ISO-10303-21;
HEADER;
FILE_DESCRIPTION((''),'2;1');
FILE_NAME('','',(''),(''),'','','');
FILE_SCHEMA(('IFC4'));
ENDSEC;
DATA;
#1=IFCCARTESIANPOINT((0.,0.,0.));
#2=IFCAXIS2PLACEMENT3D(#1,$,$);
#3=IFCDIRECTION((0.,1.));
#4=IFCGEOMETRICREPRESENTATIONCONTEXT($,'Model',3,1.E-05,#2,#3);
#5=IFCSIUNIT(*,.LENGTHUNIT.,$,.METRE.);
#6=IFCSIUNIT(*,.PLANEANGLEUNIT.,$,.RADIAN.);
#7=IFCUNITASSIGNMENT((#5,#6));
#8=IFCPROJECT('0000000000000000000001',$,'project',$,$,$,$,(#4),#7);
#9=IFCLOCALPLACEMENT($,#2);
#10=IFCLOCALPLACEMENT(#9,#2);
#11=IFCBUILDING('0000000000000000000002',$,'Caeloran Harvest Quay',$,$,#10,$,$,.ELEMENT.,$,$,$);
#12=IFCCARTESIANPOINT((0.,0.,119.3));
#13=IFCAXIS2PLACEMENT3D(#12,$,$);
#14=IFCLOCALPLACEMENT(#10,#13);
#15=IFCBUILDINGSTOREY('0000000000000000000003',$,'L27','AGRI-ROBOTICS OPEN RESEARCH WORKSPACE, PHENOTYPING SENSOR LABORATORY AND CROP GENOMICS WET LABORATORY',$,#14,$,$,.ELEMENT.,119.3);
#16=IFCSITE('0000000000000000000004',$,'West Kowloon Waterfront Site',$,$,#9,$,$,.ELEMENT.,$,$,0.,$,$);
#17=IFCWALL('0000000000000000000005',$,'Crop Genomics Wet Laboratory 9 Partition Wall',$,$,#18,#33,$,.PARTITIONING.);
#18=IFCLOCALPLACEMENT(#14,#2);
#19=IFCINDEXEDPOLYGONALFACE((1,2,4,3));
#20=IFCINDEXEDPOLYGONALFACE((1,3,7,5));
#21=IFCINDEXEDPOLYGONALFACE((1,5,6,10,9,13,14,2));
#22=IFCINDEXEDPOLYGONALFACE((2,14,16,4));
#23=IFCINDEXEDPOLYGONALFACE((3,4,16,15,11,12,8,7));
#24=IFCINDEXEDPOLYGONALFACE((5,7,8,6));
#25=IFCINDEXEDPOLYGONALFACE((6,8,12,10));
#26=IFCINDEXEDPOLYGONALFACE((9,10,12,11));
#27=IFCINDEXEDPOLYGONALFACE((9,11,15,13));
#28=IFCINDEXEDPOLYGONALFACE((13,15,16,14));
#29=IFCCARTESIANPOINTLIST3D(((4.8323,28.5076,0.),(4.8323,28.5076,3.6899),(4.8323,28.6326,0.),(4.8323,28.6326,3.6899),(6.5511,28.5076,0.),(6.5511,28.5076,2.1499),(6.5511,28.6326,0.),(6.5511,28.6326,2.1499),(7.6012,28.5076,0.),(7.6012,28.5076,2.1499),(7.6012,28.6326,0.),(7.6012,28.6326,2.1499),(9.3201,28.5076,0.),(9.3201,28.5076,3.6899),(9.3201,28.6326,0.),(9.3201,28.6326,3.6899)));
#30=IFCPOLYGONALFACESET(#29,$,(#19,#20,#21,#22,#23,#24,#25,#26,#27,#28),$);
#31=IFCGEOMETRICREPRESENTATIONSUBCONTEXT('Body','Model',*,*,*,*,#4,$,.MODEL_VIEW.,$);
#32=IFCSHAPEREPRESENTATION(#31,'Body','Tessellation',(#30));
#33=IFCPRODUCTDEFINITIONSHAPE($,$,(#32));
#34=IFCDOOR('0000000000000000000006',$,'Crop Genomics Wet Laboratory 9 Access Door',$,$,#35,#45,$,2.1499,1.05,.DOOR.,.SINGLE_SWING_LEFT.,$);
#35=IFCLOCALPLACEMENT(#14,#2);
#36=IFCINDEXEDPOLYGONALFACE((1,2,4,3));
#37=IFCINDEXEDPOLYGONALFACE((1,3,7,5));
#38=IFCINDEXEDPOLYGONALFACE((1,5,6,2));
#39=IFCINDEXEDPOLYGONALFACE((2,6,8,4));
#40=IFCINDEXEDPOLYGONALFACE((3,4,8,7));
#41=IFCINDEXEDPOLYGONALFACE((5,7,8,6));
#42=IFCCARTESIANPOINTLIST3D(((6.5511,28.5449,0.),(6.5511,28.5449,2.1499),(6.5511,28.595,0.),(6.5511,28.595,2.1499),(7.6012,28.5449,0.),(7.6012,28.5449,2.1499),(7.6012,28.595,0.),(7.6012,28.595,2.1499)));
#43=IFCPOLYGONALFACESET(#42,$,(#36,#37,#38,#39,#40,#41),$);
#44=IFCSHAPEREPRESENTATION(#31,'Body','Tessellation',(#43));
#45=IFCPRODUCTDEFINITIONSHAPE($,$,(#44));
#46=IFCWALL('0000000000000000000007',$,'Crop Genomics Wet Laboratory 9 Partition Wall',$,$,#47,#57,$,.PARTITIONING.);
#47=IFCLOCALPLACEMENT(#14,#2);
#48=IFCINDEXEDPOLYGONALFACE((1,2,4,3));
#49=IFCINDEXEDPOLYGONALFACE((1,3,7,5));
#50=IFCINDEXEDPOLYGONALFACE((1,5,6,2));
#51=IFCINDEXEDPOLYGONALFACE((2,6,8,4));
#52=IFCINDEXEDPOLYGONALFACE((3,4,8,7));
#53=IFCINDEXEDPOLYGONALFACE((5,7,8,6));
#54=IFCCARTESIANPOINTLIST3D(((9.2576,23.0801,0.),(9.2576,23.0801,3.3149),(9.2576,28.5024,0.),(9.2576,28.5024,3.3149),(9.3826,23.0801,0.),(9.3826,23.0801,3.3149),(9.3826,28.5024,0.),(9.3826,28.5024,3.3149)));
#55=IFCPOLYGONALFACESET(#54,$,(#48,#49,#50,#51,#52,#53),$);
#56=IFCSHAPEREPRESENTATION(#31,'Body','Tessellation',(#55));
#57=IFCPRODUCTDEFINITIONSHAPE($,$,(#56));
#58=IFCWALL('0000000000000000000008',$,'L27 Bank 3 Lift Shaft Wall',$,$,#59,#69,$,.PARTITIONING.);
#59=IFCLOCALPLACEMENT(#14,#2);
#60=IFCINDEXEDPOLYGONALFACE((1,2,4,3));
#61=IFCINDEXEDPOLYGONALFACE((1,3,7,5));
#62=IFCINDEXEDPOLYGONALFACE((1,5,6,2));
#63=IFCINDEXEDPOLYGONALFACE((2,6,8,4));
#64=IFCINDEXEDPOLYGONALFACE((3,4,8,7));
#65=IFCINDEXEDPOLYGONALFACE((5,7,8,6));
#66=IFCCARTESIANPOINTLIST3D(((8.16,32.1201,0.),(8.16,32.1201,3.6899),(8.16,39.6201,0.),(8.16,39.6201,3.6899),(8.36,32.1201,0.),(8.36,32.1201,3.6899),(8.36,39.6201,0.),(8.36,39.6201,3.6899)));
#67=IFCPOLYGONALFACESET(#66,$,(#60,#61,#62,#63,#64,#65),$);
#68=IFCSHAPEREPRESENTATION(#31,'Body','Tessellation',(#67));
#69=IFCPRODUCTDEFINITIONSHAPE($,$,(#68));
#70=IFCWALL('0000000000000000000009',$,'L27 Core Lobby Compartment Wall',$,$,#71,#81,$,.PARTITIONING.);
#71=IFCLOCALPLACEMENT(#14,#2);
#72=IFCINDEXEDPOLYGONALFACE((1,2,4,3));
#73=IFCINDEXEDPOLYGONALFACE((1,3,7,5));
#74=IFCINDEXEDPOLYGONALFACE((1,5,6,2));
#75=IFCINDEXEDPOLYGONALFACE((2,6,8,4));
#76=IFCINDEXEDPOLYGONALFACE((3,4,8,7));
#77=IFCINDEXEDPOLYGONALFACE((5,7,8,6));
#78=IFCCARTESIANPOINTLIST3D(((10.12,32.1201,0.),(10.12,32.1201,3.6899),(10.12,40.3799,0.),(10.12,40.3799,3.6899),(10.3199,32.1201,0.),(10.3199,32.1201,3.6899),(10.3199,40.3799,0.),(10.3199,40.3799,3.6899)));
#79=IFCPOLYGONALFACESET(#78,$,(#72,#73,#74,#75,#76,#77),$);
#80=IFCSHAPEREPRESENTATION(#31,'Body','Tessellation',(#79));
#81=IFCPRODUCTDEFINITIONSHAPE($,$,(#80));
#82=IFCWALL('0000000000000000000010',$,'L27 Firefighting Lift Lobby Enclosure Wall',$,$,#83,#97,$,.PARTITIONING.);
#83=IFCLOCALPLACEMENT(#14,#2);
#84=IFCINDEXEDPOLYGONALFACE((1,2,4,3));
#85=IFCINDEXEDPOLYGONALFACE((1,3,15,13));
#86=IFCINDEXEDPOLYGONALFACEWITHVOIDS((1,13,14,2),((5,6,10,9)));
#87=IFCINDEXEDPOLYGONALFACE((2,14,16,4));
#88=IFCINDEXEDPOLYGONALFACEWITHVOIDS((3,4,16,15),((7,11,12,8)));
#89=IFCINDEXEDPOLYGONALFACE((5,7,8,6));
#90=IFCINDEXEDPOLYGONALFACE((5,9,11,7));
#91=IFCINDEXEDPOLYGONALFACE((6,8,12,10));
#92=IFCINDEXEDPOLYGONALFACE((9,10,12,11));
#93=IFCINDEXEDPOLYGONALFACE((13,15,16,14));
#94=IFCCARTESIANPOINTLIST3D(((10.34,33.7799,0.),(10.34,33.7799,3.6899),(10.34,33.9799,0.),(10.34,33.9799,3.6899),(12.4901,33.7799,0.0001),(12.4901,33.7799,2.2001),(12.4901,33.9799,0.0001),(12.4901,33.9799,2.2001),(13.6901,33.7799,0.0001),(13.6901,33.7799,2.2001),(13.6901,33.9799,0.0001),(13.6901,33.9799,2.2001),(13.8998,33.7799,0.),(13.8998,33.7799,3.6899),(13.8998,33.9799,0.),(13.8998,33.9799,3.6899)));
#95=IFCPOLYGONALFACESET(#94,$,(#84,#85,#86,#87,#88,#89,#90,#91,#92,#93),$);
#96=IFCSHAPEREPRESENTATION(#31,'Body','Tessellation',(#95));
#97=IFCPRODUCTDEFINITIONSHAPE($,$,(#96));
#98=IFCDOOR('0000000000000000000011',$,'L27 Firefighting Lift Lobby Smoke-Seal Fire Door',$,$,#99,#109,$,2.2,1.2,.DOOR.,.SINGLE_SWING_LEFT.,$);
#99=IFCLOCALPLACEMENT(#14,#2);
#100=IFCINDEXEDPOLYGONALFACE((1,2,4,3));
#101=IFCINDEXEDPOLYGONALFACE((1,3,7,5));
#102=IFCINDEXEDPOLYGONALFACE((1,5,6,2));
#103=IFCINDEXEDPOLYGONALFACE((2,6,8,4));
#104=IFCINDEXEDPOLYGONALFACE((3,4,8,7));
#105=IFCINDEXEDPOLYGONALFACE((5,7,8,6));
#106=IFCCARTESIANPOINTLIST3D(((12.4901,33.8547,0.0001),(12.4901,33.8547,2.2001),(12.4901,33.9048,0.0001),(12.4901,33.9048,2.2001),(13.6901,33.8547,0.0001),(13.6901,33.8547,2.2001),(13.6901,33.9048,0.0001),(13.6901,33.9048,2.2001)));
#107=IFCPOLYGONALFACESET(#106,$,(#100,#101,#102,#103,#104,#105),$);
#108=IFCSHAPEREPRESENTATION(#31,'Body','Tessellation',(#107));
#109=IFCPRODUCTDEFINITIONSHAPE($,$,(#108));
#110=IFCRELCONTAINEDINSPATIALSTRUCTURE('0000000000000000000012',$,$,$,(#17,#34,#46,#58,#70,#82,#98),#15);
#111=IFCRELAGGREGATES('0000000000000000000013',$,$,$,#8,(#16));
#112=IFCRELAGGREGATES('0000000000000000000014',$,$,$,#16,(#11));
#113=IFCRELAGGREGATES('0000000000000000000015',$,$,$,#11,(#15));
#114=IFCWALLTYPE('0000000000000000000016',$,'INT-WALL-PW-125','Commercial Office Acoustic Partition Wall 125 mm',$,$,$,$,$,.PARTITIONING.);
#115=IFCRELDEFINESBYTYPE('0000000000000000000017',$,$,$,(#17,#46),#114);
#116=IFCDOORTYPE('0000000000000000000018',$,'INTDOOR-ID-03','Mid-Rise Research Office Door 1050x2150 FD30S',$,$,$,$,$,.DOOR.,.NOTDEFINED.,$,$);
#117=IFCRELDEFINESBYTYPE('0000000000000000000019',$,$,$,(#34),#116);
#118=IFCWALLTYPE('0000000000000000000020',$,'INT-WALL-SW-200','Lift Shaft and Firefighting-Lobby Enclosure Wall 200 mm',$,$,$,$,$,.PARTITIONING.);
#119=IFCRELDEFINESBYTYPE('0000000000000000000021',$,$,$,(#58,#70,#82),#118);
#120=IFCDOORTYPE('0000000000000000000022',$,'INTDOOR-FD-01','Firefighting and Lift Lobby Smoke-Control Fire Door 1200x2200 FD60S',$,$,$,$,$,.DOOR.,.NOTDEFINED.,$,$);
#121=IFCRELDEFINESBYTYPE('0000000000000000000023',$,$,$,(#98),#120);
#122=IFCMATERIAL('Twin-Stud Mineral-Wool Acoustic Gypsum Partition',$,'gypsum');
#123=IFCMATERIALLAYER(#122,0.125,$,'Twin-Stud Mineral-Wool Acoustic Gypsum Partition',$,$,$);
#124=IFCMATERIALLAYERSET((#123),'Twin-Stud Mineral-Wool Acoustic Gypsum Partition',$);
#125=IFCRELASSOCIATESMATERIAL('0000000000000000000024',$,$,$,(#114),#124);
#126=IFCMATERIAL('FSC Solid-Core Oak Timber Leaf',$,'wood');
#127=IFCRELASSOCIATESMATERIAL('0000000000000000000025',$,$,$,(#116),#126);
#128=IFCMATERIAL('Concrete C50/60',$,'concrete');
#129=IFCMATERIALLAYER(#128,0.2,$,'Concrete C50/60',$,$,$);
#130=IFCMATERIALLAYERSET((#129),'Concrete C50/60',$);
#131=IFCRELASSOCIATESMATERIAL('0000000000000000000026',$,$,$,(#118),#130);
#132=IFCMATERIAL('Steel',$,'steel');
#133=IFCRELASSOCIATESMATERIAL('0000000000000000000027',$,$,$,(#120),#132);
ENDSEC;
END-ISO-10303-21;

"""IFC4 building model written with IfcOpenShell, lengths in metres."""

from ifc_helpers import new_model, si_unit, direction, frame, frame_2d, origin, place, context, subcontext, project, spatial, rectangle, extrude, material, layer, layer_set, type_object, element, fill, save


model = new_model("IFC4")

# Units and contexts
model_context = context("Model", 3, precision=1e-05, world=origin(), true_north=direction((0.0, 1.0)))
body_context = subcontext(model_context, "Body", "Model", "MODEL_VIEW")
ifc_project = project(units=[si_unit("LENGTHUNIT", "METRE"), si_unit("PLANEANGLEUNIT", "RADIAN")], contexts=[model_context])

# Site, building, storey
site_placement = place(None, origin())
site = spatial("IfcSite", under=ifc_project, at=site_placement, Name="West Kowloon Waterfront Site", CompositionType="ELEMENT", RefElevation=0.0)
building_placement = place(site_placement, origin())
building = spatial("IfcBuilding", under=site, at=building_placement, Name="Caeloran Harvest Quay", CompositionType="ELEMENT")
storey_placement = place(building_placement, frame((0.0, 0.0, 119.3)))
storey = spatial("IfcBuildingStorey", under=building, at=storey_placement, Name="L27", Description="AGRI-ROBOTICS OPEN RESEARCH WORKSPACE, PHENOTYPING SENSOR LABORATORY AND CROP GENOMICS WET LABORATORY", CompositionType="ELEMENT", Elevation=119.3)

# Shared definitions
ifc_material_1 = material(Name="Twin-Stud Mineral-Wool Acoustic Gypsum Partition", Category="gypsum")
ifc_layer_1 = layer(ifc_material_1, 0.125, Name="Twin-Stud Mineral-Wool Acoustic Gypsum Partition")
ifc_layer_set_1 = layer_set([ifc_layer_1], Name="Twin-Stud Mineral-Wool Acoustic Gypsum Partition")
wall_type_1 = type_object("IfcWallType", Name="INT-WALL-PW-125", Description="Commercial Office Acoustic Partition Wall 125 mm", PredefinedType="PARTITIONING", material=ifc_layer_set_1)

# Wall, opening, door
wall_1_placement = place(storey_placement, frame((4.8323, 28.5701, 0.0), z_axis=(0.0, 0.0, 1.0), x_axis=(1.0, 0.0, 0.0)))
wall_1 = element("IfcWall", 1, at=wall_1_placement, inside=storey, type_object=wall_type_1, Name="Crop Genomics Wet Laboratory 9 Partition Wall", PredefinedType="PARTITIONING", context=body_context, shape_type="SweptSolid", body=[
    extrude(rectangle(XDim=4.4878, YDim=0.125, at=frame_2d((2.2439, 0.0))), origin(), (0.0, 0.0, 1.0), 3.6899),
])
opening_1_placement = place(wall_1_placement, frame((1.719, 0.0, 0.0)))
opening_1 = element("IfcOpeningElement", 2, at=opening_1_placement, cuts=wall_1, PredefinedType="OPENING", context=body_context, shape_type="SweptSolid", body=[
    extrude(rectangle(XDim=1.05, YDim=2.1499, at=frame_2d((0.5249, 1.075))), frame((0.0, 0.0725, 0.0), z_axis=(0.0, -1.0, 0.0), x_axis=(1.0, 0.0, 0.0)), (0.0, 0.0, 1.0), 0.145),
])
ifc_material_2 = material(Name="FSC Solid-Core Oak Timber Leaf", Category="wood")
door_type_1 = type_object("IfcDoorType", Name="INTDOOR-ID-03", Description="Mid-Rise Research Office Door 1050x2150 FD30S", OperationType="NOTDEFINED", PredefinedType="DOOR", material=ifc_material_2)
door_1_placement = place(opening_1_placement, origin())
door_1 = element("IfcDoor", 3, at=door_1_placement, inside=storey, type_object=door_type_1, Name="Crop Genomics Wet Laboratory 9 Access Door", OperationType="SINGLE_SWING_LEFT", OverallHeight=2.1499, OverallWidth=1.05, PredefinedType="DOOR", context=body_context, shape_type="SweptSolid", body=[
    extrude(rectangle(XDim=1.05, YDim=2.1499, at=frame_2d((0.5249, 1.075))), frame((0.0, 0.0249, 0.0), z_axis=(0.0, -1.0, 0.0), x_axis=(1.0, 0.0, 0.0)), (0.0, 0.0, 1.0), 0.05),
])
fill(opening_1, door_1)

# Walls
wall_2_placement = place(storey_placement, frame((9.3201, 28.5024, 0.0), z_axis=(0.0, 0.0, 1.0), x_axis=(0.0, -1.0, 0.0)))
element("IfcWall", 4, at=wall_2_placement, inside=storey, type_object=wall_type_1, Name="Crop Genomics Wet Laboratory 9 Partition Wall", PredefinedType="PARTITIONING", context=body_context, shape_type="SweptSolid", body=[
    extrude(rectangle(XDim=5.4224, YDim=0.125, at=frame_2d((2.7112, 0.0))), origin(), (0.0, 0.0, 1.0), 3.3149),
])
ifc_material_3 = material(Name="Concrete C50/60", Category="concrete")
ifc_layer_2 = layer(ifc_material_3, 0.2, Name="Concrete C50/60")
ifc_layer_set_2 = layer_set([ifc_layer_2], Name="Concrete C50/60")
wall_type_2 = type_object("IfcWallType", Name="INT-WALL-SW-200", Description="Lift Shaft and Firefighting-Lobby Enclosure Wall 200 mm", PredefinedType="PARTITIONING", material=ifc_layer_set_2)
wall_3_placement = place(storey_placement, frame((8.26, 32.1201, 0.0), z_axis=(0.0, 0.0, 1.0), x_axis=(0.0, 1.0, 0.0)))
element("IfcWall", 5, at=wall_3_placement, inside=storey, type_object=wall_type_2, Name="L27 Bank 3 Lift Shaft Wall", PredefinedType="PARTITIONING", context=body_context, shape_type="SweptSolid", body=[
    extrude(rectangle(XDim=7.5, YDim=0.2, at=frame_2d((3.75, 0.0))), origin(), (0.0, 0.0, 1.0), 3.6899),
])
wall_4_placement = place(storey_placement, frame((10.22, 32.1201, 0.0), z_axis=(0.0, 0.0, 1.0), x_axis=(0.0, 1.0, 0.0)))
element("IfcWall", 6, at=wall_4_placement, inside=storey, type_object=wall_type_2, Name="L27 Core Lobby Compartment Wall", PredefinedType="PARTITIONING", context=body_context, shape_type="SweptSolid", body=[
    extrude(rectangle(XDim=8.2598, YDim=0.2, at=frame_2d((4.1299, 0.0))), origin(), (0.0, 0.0, 1.0), 3.6899),
])

# Wall, opening, door
wall_5_placement = place(storey_placement, frame((10.3401, 33.8799, 0.0), z_axis=(0.0, 0.0, 1.0), x_axis=(1.0, 0.0, 0.0)))
wall_5 = element("IfcWall", 7, at=wall_5_placement, inside=storey, type_object=wall_type_2, Name="L27 Firefighting Lift Lobby Enclosure Wall", PredefinedType="PARTITIONING", context=body_context, shape_type="SweptSolid", body=[
    extrude(rectangle(XDim=3.5598, YDim=0.2, at=frame_2d((1.7798, 0.0))), origin(), (0.0, 0.0, 1.0), 3.6899),
])
opening_2_placement = place(wall_5_placement, frame((2.1499, 0.0, 0.0)))
opening_2 = element("IfcOpeningElement", 8, at=opening_2_placement, cuts=wall_5, PredefinedType="OPENING", context=body_context, shape_type="SweptSolid", body=[
    extrude(rectangle(XDim=1.2, YDim=2.2, at=frame_2d((0.6001, 1.1001))), frame((0.0, 0.1099, 0.0), z_axis=(0.0, -1.0, 0.0), x_axis=(1.0, 0.0, 0.0)), (0.0, 0.0, 1.0), 0.22),
])
ifc_material_4 = material(Name="Steel", Category="steel")
door_type_2 = type_object("IfcDoorType", Name="INTDOOR-FD-01", Description="Firefighting and Lift Lobby Smoke-Control Fire Door 1200x2200 FD60S", OperationType="NOTDEFINED", PredefinedType="DOOR", material=ifc_material_4)
door_2_placement = place(opening_2_placement, origin())
door_2 = element("IfcDoor", 9, at=door_2_placement, inside=storey, type_object=door_type_2, Name="L27 Firefighting Lift Lobby Smoke-Seal Fire Door", OperationType="SINGLE_SWING_LEFT", OverallHeight=2.2, OverallWidth=1.2, PredefinedType="DOOR", context=body_context, shape_type="SweptSolid", body=[
    extrude(rectangle(XDim=1.2, YDim=2.2, at=frame_2d((0.6001, 1.1001))), frame((0.0, 0.0249, 0.0), z_axis=(0.0, -1.0, 0.0), x_axis=(1.0, 0.0, 0.0)), (0.0, 0.0, 1.0), 0.05),
])
fill(opening_2, door_2)

save(model, "model.ifc")
